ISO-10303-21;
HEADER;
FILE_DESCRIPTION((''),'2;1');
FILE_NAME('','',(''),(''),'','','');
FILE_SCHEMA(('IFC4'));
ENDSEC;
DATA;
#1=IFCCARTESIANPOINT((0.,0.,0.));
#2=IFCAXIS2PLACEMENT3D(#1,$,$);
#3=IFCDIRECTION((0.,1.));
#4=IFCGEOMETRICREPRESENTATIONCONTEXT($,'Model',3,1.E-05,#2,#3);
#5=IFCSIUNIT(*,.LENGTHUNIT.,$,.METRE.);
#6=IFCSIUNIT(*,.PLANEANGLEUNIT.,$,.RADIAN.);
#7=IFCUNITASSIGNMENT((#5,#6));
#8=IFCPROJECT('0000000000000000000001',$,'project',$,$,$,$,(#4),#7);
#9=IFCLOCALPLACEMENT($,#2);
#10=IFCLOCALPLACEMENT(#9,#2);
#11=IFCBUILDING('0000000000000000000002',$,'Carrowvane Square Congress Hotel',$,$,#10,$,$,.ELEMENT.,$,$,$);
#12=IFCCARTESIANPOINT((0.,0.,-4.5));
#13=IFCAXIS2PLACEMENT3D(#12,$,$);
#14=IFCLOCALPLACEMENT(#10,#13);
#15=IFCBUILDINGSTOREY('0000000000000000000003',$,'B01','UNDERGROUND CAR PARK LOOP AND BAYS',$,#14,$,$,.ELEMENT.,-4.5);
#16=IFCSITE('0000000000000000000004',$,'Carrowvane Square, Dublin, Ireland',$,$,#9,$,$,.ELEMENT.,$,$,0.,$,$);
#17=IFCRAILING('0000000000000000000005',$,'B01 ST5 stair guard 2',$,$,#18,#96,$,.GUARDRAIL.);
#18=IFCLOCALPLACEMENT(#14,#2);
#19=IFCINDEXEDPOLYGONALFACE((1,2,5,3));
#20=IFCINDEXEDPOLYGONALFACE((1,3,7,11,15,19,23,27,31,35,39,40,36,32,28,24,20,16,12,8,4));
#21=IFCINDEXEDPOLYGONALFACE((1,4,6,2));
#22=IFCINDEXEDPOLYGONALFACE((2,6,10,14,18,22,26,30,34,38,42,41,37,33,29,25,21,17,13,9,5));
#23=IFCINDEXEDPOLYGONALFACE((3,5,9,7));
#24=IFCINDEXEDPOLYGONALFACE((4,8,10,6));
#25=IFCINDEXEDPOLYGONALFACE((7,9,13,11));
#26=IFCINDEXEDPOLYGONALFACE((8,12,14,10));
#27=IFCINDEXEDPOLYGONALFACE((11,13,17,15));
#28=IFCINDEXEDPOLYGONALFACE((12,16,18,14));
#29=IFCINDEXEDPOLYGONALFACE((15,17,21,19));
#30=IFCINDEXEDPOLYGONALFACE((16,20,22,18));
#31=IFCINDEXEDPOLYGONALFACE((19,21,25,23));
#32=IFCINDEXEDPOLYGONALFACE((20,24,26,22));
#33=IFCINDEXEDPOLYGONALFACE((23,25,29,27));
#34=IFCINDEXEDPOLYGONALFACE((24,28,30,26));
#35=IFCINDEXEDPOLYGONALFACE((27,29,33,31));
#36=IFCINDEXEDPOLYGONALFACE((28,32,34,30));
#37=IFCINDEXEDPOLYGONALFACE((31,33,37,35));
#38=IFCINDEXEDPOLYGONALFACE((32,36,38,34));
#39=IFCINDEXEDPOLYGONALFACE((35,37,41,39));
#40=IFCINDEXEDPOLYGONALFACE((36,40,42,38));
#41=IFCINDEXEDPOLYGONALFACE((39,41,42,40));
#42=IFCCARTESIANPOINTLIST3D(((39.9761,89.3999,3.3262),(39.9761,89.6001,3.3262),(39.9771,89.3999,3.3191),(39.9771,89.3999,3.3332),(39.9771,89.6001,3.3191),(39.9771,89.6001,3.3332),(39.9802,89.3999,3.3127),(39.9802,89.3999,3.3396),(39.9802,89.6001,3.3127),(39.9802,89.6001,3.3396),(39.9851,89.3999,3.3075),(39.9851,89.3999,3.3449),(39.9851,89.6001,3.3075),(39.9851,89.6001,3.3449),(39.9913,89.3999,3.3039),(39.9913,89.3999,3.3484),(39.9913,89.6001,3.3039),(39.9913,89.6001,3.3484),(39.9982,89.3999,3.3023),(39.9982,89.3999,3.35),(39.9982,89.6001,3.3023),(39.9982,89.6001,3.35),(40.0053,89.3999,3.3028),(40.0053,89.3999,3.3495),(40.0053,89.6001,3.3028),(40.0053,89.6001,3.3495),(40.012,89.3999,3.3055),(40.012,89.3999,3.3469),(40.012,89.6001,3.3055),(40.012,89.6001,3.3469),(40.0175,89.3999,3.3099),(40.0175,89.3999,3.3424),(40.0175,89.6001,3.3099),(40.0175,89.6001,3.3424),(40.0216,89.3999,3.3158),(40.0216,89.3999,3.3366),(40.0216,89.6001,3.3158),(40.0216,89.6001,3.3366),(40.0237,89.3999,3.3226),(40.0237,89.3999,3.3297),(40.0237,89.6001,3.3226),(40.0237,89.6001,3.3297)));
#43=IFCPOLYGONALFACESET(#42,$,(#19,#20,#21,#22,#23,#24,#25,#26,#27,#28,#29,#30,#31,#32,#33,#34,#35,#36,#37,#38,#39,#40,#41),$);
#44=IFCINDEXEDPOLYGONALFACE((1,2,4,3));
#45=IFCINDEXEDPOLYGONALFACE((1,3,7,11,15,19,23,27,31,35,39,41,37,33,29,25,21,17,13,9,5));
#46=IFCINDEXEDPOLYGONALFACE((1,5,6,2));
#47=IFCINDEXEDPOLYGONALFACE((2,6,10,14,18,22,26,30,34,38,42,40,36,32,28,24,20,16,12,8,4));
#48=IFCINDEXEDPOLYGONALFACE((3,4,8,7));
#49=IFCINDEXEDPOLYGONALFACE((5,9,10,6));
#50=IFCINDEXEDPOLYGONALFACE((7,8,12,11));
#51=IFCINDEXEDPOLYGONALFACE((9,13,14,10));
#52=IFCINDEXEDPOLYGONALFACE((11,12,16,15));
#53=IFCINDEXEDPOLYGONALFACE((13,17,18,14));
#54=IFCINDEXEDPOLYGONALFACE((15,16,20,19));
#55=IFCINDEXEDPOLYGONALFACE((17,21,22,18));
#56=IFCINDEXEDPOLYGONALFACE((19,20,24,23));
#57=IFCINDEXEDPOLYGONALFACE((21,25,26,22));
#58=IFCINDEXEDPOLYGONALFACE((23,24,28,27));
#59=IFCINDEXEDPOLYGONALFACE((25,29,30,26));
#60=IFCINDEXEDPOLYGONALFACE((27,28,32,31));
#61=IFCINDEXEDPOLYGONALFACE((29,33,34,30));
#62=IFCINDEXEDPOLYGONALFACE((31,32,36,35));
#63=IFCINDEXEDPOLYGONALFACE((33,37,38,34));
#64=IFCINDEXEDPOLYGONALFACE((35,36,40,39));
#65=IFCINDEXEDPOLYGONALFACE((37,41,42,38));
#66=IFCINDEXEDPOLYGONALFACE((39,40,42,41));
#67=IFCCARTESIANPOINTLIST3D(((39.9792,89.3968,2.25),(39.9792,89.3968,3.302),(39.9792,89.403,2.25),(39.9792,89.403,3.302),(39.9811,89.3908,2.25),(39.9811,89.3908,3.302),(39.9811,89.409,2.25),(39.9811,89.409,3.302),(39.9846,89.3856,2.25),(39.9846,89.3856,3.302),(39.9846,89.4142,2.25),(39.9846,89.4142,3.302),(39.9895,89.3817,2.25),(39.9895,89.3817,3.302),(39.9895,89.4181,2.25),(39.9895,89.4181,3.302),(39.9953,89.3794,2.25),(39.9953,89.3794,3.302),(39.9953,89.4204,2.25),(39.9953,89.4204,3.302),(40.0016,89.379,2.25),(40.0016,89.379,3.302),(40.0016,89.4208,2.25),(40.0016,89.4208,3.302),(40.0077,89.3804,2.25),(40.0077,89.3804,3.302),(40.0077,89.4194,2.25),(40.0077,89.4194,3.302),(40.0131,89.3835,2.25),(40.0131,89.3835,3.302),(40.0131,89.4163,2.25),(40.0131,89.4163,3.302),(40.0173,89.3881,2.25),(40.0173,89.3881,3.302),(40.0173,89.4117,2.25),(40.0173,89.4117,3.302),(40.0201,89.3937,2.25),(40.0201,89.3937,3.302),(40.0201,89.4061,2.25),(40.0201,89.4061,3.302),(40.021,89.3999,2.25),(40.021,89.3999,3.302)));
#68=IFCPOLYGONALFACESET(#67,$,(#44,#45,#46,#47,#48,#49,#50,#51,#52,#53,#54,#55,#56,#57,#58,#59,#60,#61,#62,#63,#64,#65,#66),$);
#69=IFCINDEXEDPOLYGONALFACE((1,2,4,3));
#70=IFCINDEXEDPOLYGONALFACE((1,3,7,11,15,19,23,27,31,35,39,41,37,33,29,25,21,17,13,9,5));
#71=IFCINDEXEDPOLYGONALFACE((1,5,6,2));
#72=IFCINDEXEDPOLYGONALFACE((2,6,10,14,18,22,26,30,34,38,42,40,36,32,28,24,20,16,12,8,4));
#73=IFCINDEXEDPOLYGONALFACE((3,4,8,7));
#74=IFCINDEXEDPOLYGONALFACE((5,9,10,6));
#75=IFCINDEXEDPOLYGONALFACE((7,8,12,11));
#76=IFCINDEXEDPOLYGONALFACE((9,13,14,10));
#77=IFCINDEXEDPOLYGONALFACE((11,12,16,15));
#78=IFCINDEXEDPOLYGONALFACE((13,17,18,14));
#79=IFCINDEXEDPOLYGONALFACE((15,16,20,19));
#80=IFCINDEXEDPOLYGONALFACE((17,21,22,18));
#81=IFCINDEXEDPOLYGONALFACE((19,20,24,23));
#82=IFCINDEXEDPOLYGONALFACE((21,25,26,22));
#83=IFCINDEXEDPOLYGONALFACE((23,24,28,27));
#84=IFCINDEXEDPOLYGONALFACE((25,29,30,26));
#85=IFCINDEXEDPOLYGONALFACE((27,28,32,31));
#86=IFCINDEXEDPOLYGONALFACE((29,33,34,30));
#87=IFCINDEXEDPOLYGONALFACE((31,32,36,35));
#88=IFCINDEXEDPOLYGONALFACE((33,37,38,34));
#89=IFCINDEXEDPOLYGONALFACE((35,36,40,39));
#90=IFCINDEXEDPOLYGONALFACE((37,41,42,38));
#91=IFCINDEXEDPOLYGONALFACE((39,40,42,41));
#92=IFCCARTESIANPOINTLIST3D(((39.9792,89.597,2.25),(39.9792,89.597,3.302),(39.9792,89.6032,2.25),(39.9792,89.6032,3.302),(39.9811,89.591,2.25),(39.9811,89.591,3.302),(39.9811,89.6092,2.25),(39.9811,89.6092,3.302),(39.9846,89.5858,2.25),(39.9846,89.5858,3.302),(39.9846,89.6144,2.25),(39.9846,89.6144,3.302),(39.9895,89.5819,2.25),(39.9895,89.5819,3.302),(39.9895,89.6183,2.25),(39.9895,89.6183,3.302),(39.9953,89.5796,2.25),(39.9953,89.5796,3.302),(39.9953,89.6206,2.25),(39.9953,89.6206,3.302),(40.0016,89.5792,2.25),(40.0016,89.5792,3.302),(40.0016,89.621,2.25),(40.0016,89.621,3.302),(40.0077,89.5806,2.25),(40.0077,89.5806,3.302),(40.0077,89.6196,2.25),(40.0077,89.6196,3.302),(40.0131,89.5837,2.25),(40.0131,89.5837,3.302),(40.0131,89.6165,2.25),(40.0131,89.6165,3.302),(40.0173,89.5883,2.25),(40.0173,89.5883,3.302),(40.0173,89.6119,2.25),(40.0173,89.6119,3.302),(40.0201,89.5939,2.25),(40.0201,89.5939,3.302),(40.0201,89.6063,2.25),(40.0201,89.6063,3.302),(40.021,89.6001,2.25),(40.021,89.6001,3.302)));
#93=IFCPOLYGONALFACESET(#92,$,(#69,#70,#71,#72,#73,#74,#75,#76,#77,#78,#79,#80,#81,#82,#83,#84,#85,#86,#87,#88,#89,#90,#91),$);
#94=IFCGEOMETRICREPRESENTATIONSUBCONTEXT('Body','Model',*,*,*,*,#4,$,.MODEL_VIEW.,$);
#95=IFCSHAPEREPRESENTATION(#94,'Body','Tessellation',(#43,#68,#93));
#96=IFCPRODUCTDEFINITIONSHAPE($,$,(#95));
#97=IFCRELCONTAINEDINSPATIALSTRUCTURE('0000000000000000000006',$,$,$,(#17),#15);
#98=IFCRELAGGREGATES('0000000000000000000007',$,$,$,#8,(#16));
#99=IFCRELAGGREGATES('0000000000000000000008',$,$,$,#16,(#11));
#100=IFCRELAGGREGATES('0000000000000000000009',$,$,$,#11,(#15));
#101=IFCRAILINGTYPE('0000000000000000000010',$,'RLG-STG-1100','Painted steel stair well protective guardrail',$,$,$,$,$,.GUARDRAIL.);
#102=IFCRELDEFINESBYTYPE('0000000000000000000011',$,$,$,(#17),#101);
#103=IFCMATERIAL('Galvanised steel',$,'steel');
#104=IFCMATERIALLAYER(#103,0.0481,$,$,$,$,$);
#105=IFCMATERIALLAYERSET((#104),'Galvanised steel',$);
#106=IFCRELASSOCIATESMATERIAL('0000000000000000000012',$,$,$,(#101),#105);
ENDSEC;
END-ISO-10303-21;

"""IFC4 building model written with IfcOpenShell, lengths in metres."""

from ifc_helpers import new_model, si_unit, direction, frame, origin, origin_2d, place, context, subcontext, project, spatial, circle, extrude, material, layer, layer_set, type_object, element, save


model = new_model("IFC4")

# Units and contexts
model_context = context("Model", 3, precision=1e-05, world=origin(), true_north=direction((0.0, 1.0)))
body_context = subcontext(model_context, "Body", "Model", "MODEL_VIEW")
ifc_project = project(units=[si_unit("LENGTHUNIT", "METRE"), si_unit("PLANEANGLEUNIT", "RADIAN")], contexts=[model_context])

# Site, building, storey
site_placement = place(None, origin())
site = spatial("IfcSite", under=ifc_project, at=site_placement, Name="Carrowvane Square, Dublin, Ireland", CompositionType="ELEMENT", RefElevation=0.0)
building_placement = place(site_placement, origin())
building = spatial("IfcBuilding", under=site, at=building_placement, Name="Carrowvane Square Congress Hotel", CompositionType="ELEMENT")
storey_placement = place(building_placement, frame((0.0, 0.0, -4.5)))
storey = spatial("IfcBuildingStorey", under=building, at=storey_placement, Name="B01", Description="UNDERGROUND CAR PARK LOOP AND BAYS", CompositionType="ELEMENT", Elevation=-4.5)

# Railing
ifc_material_1 = material(Name="Galvanised steel", Category="steel")
ifc_layer_1 = layer(ifc_material_1, 0.0481)
ifc_layer_set_1 = layer_set([ifc_layer_1], Name="Galvanised steel")
railing_type_1 = type_object("IfcRailingType", Name="RLG-STG-1100", Description="Painted steel stair well protective guardrail", PredefinedType="GUARDRAIL", material=ifc_layer_set_1)
railing_1_placement = place(storey_placement, frame((40.0, 89.3999, 2.25)))
element("IfcRailing", 1, at=railing_1_placement, inside=storey, type_object=railing_type_1, Name="B01 ST5 stair guard 2", PredefinedType="GUARDRAIL", context=body_context, shape_type="SweptSolid", body=[
    extrude(circle(Radius=0.0239, at=origin_2d()), frame((0.0, 0.0, 1.0762), z_axis=(0.0, 1.0, 0.0), x_axis=(-1.0, 0.0, 0.0)), (0.0, 0.0, 1.0), 0.2002),
    extrude(circle(Radius=0.021, at=origin_2d()), origin(), (0.0, 0.0, 1.0), 1.052),
    extrude(circle(Radius=0.021, at=origin_2d()), frame((0.0, 0.2002, 0.0)), (0.0, 0.0, 1.0), 1.052),
])

save(model, "model.ifc")
